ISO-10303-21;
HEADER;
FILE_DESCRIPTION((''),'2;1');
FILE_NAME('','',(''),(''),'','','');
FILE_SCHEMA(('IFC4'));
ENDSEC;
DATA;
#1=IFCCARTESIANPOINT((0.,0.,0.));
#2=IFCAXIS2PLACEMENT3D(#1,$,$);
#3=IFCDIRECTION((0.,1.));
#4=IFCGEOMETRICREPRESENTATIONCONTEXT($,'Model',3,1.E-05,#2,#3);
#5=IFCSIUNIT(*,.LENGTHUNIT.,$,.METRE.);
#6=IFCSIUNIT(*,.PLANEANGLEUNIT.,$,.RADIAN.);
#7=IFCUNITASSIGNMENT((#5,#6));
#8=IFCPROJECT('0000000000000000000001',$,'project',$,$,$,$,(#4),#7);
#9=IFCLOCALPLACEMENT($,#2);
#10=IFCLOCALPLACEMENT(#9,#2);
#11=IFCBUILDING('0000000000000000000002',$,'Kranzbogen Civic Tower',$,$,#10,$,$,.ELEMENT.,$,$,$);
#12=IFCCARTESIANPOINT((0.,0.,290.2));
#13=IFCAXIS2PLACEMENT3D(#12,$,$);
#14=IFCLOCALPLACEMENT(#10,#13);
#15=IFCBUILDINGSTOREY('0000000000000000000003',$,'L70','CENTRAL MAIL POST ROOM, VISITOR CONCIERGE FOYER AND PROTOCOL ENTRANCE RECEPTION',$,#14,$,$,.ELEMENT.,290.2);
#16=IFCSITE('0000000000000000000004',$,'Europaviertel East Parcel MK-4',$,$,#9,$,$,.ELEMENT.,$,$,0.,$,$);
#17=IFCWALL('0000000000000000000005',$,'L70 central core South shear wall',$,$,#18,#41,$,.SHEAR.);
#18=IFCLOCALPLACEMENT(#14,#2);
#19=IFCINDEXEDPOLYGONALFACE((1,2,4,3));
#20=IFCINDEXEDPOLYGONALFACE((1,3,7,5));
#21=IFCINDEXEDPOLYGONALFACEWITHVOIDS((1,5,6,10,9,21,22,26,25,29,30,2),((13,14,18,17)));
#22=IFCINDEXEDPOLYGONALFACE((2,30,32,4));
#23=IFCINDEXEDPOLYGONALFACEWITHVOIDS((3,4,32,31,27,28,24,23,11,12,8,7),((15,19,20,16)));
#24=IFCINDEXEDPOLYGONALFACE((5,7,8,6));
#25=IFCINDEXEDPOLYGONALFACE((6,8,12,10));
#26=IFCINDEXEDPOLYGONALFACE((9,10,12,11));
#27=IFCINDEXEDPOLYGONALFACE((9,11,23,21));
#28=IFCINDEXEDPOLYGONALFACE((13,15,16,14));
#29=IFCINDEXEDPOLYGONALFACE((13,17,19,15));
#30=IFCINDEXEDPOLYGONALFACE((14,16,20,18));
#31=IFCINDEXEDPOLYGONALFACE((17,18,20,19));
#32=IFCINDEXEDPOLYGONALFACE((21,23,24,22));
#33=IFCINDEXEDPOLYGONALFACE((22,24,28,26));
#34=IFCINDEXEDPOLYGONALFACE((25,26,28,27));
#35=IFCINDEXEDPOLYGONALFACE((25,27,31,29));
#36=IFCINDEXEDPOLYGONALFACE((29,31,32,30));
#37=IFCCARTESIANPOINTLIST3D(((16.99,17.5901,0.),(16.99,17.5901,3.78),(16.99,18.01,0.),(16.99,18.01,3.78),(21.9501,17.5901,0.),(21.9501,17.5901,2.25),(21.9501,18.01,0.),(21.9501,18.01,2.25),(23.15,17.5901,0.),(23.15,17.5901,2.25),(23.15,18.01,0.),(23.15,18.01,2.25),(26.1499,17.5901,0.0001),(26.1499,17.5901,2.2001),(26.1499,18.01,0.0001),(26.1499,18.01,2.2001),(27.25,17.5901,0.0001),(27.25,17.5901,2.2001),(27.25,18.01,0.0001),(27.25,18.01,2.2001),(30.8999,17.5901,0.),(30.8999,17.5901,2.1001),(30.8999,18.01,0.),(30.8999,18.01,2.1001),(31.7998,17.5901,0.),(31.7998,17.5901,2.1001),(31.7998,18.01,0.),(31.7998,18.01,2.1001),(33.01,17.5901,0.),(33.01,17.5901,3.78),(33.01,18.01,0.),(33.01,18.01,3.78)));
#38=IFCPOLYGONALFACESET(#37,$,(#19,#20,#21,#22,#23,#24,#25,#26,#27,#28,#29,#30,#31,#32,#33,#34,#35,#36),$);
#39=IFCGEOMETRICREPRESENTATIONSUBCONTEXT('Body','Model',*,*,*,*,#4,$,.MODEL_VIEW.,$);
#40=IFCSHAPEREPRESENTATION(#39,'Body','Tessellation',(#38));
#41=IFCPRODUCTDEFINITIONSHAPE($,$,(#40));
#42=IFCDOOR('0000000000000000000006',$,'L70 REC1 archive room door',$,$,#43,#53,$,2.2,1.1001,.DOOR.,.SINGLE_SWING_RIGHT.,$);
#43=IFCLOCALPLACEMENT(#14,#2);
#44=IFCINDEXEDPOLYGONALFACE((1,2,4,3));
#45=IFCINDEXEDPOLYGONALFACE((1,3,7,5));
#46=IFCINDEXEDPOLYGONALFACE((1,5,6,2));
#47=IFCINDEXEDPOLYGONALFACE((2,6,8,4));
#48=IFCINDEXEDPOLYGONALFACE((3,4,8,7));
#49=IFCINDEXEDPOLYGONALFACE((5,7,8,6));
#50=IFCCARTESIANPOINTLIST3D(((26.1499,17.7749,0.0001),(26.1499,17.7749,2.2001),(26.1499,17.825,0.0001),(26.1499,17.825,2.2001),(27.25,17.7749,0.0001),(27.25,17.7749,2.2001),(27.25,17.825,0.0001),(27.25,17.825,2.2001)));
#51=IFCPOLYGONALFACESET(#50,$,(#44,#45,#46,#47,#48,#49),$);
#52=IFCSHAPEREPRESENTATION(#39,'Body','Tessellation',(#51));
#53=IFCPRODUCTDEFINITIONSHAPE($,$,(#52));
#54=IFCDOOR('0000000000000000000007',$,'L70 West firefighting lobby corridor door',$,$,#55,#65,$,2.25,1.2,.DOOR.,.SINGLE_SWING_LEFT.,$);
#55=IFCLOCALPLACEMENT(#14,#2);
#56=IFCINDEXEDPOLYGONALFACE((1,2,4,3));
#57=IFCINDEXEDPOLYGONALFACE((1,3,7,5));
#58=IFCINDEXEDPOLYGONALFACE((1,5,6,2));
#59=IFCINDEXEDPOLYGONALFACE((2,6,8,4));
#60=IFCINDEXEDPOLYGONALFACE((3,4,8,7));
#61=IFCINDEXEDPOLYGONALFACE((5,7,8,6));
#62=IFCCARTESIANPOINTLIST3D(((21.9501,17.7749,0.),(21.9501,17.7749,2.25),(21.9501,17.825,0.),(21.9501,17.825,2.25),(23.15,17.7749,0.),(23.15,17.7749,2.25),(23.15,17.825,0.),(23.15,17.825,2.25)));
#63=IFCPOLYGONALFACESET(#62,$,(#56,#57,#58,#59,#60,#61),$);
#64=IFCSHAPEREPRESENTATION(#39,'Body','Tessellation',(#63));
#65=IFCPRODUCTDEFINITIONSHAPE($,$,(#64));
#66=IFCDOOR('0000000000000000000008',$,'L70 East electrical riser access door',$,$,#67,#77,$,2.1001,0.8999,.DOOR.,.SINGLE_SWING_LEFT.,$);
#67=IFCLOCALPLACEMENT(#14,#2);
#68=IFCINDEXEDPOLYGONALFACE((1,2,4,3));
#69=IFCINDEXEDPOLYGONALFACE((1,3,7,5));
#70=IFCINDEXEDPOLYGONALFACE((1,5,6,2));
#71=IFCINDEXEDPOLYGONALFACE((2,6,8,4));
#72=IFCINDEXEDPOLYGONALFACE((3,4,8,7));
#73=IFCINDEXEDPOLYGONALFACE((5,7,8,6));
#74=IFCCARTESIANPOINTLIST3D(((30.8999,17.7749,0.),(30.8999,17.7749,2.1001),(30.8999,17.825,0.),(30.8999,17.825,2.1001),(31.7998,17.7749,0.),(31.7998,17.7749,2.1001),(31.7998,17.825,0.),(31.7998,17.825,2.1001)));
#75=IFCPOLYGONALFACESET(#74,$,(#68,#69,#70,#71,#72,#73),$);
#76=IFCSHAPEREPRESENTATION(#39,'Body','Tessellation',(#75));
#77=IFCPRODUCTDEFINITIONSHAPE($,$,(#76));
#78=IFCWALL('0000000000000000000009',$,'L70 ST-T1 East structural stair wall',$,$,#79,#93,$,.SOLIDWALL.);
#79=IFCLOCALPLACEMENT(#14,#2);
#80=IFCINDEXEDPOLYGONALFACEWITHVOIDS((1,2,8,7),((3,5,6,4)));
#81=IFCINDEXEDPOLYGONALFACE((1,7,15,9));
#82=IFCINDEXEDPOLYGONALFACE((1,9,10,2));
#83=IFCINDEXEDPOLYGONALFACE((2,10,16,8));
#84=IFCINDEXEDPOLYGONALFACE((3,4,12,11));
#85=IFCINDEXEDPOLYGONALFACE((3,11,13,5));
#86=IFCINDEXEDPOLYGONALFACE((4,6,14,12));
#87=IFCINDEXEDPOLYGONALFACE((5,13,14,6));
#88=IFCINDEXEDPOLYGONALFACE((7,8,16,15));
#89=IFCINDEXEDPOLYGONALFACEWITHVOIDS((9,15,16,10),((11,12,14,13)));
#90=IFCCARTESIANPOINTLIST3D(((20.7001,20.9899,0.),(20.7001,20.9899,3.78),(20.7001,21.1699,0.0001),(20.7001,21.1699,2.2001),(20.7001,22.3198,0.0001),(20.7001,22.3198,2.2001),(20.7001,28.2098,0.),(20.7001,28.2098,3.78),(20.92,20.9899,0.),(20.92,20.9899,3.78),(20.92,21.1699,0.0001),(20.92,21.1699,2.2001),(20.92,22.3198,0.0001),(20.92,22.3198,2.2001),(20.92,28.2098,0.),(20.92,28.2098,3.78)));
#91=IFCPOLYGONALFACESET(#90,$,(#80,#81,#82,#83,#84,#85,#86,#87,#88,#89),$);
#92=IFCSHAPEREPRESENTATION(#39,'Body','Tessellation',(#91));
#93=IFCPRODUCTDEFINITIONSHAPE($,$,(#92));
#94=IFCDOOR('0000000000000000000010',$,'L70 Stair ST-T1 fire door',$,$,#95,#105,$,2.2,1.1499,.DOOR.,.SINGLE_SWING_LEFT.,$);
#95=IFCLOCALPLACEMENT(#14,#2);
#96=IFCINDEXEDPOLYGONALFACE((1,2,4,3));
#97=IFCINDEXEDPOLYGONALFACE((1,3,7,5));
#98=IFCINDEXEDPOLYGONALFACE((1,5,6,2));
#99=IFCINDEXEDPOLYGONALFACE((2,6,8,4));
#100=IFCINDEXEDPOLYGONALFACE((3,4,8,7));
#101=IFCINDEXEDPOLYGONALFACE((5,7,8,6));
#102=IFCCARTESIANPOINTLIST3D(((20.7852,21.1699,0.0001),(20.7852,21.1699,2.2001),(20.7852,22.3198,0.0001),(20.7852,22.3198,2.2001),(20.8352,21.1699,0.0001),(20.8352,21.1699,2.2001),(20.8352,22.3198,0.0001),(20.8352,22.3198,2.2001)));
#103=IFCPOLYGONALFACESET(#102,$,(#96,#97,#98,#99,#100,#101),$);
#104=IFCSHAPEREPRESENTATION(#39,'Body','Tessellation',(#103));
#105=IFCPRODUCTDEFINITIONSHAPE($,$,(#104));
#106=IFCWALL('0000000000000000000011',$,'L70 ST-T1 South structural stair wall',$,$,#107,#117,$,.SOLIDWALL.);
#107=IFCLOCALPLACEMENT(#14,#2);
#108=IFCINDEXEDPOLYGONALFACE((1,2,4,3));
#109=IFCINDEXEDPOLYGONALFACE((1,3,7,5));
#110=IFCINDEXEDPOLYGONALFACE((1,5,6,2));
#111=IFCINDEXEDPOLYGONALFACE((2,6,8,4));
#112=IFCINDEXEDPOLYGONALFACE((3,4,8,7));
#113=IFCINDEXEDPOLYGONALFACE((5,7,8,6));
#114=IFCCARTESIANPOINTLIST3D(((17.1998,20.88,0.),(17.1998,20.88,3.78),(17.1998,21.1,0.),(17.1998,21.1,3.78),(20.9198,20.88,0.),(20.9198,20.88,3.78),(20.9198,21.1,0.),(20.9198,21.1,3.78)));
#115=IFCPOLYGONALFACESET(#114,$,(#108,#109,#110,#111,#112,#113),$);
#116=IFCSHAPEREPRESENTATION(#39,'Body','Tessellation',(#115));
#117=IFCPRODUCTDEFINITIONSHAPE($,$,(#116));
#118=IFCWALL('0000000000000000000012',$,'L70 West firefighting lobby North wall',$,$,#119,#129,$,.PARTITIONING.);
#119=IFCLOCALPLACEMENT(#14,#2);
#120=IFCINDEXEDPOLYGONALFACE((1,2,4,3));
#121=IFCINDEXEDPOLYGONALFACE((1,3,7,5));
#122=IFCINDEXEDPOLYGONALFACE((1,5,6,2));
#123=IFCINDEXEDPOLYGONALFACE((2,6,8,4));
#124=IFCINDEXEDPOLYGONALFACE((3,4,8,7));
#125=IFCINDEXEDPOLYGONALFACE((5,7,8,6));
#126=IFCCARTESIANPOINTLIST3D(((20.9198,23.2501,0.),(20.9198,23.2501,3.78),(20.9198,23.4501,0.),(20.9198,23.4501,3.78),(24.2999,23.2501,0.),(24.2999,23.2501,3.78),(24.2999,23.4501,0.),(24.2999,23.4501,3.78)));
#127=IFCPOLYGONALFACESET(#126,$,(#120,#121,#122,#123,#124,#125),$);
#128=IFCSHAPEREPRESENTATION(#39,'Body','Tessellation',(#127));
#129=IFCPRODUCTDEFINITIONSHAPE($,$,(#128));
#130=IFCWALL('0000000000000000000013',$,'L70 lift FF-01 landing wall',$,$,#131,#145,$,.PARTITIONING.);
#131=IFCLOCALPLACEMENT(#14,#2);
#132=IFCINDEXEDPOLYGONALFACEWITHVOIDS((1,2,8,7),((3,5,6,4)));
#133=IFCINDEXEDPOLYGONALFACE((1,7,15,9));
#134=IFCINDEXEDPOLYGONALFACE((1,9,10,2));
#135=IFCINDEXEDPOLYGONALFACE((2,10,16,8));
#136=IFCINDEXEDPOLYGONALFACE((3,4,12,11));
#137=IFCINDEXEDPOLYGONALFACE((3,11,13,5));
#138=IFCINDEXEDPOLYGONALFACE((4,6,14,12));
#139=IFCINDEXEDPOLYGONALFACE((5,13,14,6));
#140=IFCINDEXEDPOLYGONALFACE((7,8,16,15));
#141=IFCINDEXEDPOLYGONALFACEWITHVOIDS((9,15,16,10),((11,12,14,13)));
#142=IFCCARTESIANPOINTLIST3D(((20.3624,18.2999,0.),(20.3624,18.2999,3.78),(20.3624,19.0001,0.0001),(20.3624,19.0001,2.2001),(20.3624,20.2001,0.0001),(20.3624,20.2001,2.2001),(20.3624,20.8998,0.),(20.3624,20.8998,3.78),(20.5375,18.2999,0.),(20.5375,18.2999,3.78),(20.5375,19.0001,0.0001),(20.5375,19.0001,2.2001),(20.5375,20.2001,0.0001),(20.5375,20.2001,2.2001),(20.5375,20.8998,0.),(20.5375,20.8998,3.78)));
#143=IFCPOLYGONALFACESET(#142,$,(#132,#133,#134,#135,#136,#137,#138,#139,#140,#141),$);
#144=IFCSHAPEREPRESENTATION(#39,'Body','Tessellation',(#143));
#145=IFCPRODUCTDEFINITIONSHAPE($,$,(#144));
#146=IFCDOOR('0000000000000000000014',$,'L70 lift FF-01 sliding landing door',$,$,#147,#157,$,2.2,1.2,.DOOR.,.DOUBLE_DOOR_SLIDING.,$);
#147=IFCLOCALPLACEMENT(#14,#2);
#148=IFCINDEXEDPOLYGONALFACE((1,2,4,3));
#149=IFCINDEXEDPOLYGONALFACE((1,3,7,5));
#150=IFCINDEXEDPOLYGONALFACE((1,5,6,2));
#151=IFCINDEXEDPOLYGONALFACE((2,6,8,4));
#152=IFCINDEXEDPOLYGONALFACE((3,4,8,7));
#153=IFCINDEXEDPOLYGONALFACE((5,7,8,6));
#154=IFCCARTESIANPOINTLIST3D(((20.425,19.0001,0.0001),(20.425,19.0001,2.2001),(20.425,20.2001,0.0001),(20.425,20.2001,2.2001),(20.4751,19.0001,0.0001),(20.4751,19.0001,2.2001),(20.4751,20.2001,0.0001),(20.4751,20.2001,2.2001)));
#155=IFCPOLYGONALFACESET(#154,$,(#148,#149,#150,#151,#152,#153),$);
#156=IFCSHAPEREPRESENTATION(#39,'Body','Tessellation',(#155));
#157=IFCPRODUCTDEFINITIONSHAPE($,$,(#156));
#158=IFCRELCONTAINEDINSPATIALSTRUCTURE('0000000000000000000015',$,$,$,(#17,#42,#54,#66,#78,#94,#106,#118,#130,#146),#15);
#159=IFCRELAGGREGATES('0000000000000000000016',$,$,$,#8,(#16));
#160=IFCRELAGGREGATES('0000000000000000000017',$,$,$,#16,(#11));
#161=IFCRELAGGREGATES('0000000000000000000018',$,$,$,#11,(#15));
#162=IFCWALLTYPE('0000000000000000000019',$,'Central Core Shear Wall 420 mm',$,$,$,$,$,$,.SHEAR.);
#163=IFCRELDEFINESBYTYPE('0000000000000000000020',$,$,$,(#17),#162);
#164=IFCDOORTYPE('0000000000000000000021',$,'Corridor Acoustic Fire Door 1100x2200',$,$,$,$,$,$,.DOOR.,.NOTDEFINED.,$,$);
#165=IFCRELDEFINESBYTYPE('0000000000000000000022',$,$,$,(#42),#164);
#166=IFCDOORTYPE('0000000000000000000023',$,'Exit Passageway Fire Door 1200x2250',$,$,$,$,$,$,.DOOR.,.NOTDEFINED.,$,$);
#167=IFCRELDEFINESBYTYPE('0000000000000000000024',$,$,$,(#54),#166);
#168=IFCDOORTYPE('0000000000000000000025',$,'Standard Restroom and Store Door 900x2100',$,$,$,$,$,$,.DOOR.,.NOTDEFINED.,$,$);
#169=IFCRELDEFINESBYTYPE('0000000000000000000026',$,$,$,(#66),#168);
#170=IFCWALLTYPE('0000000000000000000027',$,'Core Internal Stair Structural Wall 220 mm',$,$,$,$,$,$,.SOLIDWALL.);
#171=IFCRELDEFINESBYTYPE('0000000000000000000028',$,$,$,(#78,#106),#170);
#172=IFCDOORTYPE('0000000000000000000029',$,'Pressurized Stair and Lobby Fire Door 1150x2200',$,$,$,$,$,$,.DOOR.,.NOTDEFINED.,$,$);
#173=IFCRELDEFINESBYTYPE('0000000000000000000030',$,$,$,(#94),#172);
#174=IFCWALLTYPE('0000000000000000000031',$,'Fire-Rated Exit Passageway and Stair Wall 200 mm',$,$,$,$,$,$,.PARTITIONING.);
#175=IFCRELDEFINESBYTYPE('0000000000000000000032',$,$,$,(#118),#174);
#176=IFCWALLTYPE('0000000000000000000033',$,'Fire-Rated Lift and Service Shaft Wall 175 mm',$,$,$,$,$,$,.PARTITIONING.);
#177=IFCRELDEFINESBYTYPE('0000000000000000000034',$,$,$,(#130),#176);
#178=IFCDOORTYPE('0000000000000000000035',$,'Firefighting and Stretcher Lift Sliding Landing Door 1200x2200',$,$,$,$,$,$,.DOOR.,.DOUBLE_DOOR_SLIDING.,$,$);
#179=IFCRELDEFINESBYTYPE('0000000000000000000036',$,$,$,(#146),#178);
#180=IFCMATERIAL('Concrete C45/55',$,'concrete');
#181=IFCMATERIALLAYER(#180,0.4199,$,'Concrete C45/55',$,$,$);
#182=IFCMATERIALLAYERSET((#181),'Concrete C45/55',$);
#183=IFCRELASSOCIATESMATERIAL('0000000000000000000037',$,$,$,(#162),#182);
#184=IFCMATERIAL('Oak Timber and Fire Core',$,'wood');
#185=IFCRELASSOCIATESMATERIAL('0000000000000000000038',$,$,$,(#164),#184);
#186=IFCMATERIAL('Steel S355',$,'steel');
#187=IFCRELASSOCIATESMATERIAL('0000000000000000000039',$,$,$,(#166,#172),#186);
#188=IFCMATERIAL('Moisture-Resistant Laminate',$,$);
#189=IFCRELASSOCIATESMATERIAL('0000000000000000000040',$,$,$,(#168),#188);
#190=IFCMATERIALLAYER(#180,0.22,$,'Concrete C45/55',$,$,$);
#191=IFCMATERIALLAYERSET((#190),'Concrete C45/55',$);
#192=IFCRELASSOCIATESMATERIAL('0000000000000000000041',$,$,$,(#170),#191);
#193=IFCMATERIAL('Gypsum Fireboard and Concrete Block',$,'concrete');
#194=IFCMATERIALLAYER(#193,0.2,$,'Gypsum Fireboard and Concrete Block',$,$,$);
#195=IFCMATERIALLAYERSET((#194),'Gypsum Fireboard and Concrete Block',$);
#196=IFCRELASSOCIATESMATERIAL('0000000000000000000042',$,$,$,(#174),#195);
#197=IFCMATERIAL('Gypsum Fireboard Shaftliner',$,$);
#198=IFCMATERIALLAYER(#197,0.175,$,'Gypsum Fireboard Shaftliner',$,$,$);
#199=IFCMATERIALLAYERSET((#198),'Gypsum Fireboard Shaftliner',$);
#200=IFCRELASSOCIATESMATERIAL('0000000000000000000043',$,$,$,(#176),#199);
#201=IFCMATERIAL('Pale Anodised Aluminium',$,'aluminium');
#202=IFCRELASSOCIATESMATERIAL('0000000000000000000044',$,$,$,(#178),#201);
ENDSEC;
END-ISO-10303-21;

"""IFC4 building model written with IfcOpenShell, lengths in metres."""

from ifc_helpers import new_model, si_unit, direction, frame, frame_2d, origin, place, context, subcontext, project, spatial, rectangle, extrude, material, layer, layer_set, type_object, element, fill, save


model = new_model("IFC4")

# Units and contexts
model_context = context("Model", 3, precision=1e-05, world=origin(), true_north=direction((0.0, 1.0)))
body_context = subcontext(model_context, "Body", "Model", "MODEL_VIEW")
ifc_project = project(units=[si_unit("LENGTHUNIT", "METRE"), si_unit("PLANEANGLEUNIT", "RADIAN")], contexts=[model_context])

# Site, building, storey
site_placement = place(None, origin())
site = spatial("IfcSite", under=ifc_project, at=site_placement, Name="Europaviertel East Parcel MK-4", CompositionType="ELEMENT", RefElevation=0.0)
building_placement = place(site_placement, origin())
building = spatial("IfcBuilding", under=site, at=building_placement, Name="Kranzbogen Civic Tower", CompositionType="ELEMENT")
storey_placement = place(building_placement, frame((0.0, 0.0, 290.2)))
storey = spatial("IfcBuildingStorey", under=building, at=storey_placement, Name="L70", Description="CENTRAL MAIL POST ROOM, VISITOR CONCIERGE FOYER AND PROTOCOL ENTRANCE RECEPTION", CompositionType="ELEMENT", Elevation=290.2)

# Shared definitions
ifc_material_1 = material(Name="Steel S355", Category="steel")

# Shared definitions
ifc_material_2 = material(Name="Pale Anodised Aluminium", Category="aluminium")

# Wall, openings, doors
ifc_material_3 = material(Name="Concrete C45/55", Category="concrete")
ifc_layer_1 = layer(ifc_material_3, 0.4199, Name="Concrete C45/55")
ifc_layer_set_1 = layer_set([ifc_layer_1], Name="Concrete C45/55")
wall_type_1 = type_object("IfcWallType", Name="Central Core Shear Wall 420 mm", PredefinedType="SHEAR", material=ifc_layer_set_1)
wall_1_placement = place(storey_placement, frame((16.99, 17.8, 0.0), z_axis=(0.0, 0.0, 1.0), x_axis=(1.0, 0.0, 0.0)))
wall_1 = element("IfcWall", 1, at=wall_1_placement, inside=storey, type_object=wall_type_1, Name="L70 central core South shear wall", PredefinedType="SHEAR", context=body_context, shape_type="SweptSolid", body=[
    extrude(rectangle(XDim=16.02, YDim=0.4199, at=frame_2d((8.01, 0.0))), origin(), (0.0, 0.0, 1.0), 3.78),
])
opening_1_placement = place(wall_1_placement, frame((4.96, 0.0, 0.0)))
opening_1 = element("IfcOpeningElement", 2, at=opening_1_placement, cuts=wall_1, PredefinedType="OPENING", context=body_context, shape_type="SweptSolid", body=[
    extrude(rectangle(XDim=1.2, YDim=2.25, at=frame_2d((0.6001, 1.125))), frame((0.0, 0.22, 0.0), z_axis=(0.0, -1.0, 0.0), x_axis=(1.0, 0.0, 0.0)), (0.0, 0.0, 1.0), 0.4399),
])
opening_2_placement = place(wall_1_placement, frame((13.9099, 0.0, 0.0)))
opening_2 = element("IfcOpeningElement", 3, at=opening_2_placement, cuts=wall_1, PredefinedType="OPENING", context=body_context, shape_type="SweptSolid", body=[
    extrude(rectangle(XDim=0.8999, YDim=2.1001, at=frame_2d((0.45, 1.05))), frame((0.0, 0.22, 0.0), z_axis=(0.0, -1.0, 0.0), x_axis=(1.0, 0.0, 0.0)), (0.0, 0.0, 1.0), 0.4399),
])
opening_3_placement = place(wall_1_placement, frame((9.1599, 0.0, 0.0)))
opening_3 = element("IfcOpeningElement", 4, at=opening_3_placement, cuts=wall_1, PredefinedType="OPENING", context=body_context, shape_type="SweptSolid", body=[
    extrude(rectangle(XDim=1.1001, YDim=2.2, at=frame_2d((0.55, 1.1001))), frame((0.0, 0.22, 0.0), z_axis=(0.0, -1.0, 0.0), x_axis=(1.0, 0.0, 0.0)), (0.0, 0.0, 1.0), 0.4399),
])
ifc_material_4 = material(Name="Oak Timber and Fire Core", Category="wood")
door_type_1 = type_object("IfcDoorType", Name="Corridor Acoustic Fire Door 1100x2200", OperationType="NOTDEFINED", PredefinedType="DOOR", material=ifc_material_4)
door_1_placement = place(opening_3_placement, origin())
door_1 = element("IfcDoor", 5, at=door_1_placement, inside=storey, type_object=door_type_1, Name="L70 REC1 archive room door", OperationType="SINGLE_SWING_RIGHT", OverallHeight=2.2, OverallWidth=1.1001, PredefinedType="DOOR", context=body_context, shape_type="SweptSolid", body=[
    extrude(rectangle(XDim=1.1001, YDim=2.2, at=frame_2d((0.55, 1.1001))), frame((0.0, 0.0249, 0.0), z_axis=(0.0, -1.0, 0.0), x_axis=(1.0, 0.0, 0.0)), (0.0, 0.0, 1.0), 0.05),
])
fill(opening_3, door_1)
door_type_2 = type_object("IfcDoorType", Name="Exit Passageway Fire Door 1200x2250", OperationType="NOTDEFINED", PredefinedType="DOOR", material=ifc_material_1)
door_2_placement = place(opening_1_placement, origin())
door_2 = element("IfcDoor", 6, at=door_2_placement, inside=storey, type_object=door_type_2, Name="L70 West firefighting lobby corridor door", OperationType="SINGLE_SWING_LEFT", OverallHeight=2.25, OverallWidth=1.2, PredefinedType="DOOR", context=body_context, shape_type="SweptSolid", body=[
    extrude(rectangle(XDim=1.2, YDim=2.25, at=frame_2d((0.6001, 1.125))), frame((0.0, 0.0249, 0.0), z_axis=(0.0, -1.0, 0.0), x_axis=(1.0, 0.0, 0.0)), (0.0, 0.0, 1.0), 0.05),
])
fill(opening_1, door_2)
ifc_material_5 = material(Name="Moisture-Resistant Laminate")
door_type_3 = type_object("IfcDoorType", Name="Standard Restroom and Store Door 900x2100", OperationType="NOTDEFINED", PredefinedType="DOOR", material=ifc_material_5)
door_3_placement = place(opening_2_placement, origin())
door_3 = element("IfcDoor", 7, at=door_3_placement, inside=storey, type_object=door_type_3, Name="L70 East electrical riser access door", OperationType="SINGLE_SWING_LEFT", OverallHeight=2.1001, OverallWidth=0.8999, PredefinedType="DOOR", context=body_context, shape_type="SweptSolid", body=[
    extrude(rectangle(XDim=0.8999, YDim=2.1001, at=frame_2d((0.45, 1.05))), frame((0.0, 0.0249, 0.0), z_axis=(0.0, -1.0, 0.0), x_axis=(1.0, 0.0, 0.0)), (0.0, 0.0, 1.0), 0.05),
])
fill(opening_2, door_3)

# Wall, opening, door
ifc_layer_2 = layer(ifc_material_3, 0.22, Name="Concrete C45/55")
ifc_layer_set_2 = layer_set([ifc_layer_2], Name="Concrete C45/55")
wall_type_2 = type_object("IfcWallType", Name="Core Internal Stair Structural Wall 220 mm", PredefinedType="SOLIDWALL", material=ifc_layer_set_2)
wall_2_placement = place(storey_placement, frame((20.8101, 20.99, 0.0), z_axis=(0.0, 0.0, 1.0), x_axis=(0.0, 1.0, 0.0)))
wall_2 = element("IfcWall", 8, at=wall_2_placement, inside=storey, type_object=wall_type_2, Name="L70 ST-T1 East structural stair wall", PredefinedType="SOLIDWALL", context=body_context, shape_type="SweptSolid", body=[
    extrude(rectangle(XDim=7.22, YDim=0.22, at=frame_2d((3.6099, 0.0))), origin(), (0.0, 0.0, 1.0), 3.78),
])
opening_4_placement = place(wall_2_placement, frame((0.1799, 0.0, 0.0)))
opening_4 = element("IfcOpeningElement", 9, at=opening_4_placement, cuts=wall_2, PredefinedType="OPENING", context=body_context, shape_type="SweptSolid", body=[
    extrude(rectangle(XDim=1.1499, YDim=2.2, at=frame_2d((0.575, 1.1001))), frame((0.0, 0.1201, 0.0), z_axis=(0.0, -1.0, 0.0), x_axis=(1.0, 0.0, 0.0)), (0.0, 0.0, 1.0), 0.24),
])
door_type_4 = type_object("IfcDoorType", Name="Pressurized Stair and Lobby Fire Door 1150x2200", OperationType="NOTDEFINED", PredefinedType="DOOR", material=ifc_material_1)
door_4_placement = place(opening_4_placement, origin())
door_4 = element("IfcDoor", 10, at=door_4_placement, inside=storey, type_object=door_type_4, Name="L70 Stair ST-T1 fire door", OperationType="SINGLE_SWING_LEFT", OverallHeight=2.2, OverallWidth=1.1499, PredefinedType="DOOR", context=body_context, shape_type="SweptSolid", body=[
    extrude(rectangle(XDim=1.1499, YDim=2.2, at=frame_2d((0.575, 1.1001))), frame((0.0, 0.0249, 0.0), z_axis=(0.0, -1.0, 0.0), x_axis=(1.0, 0.0, 0.0)), (0.0, 0.0, 1.0), 0.05),
])
fill(opening_4, door_4)

# Walls
wall_3_placement = place(storey_placement, frame((17.2, 20.99, 0.0), z_axis=(0.0, 0.0, 1.0), x_axis=(1.0, 0.0, 0.0)))
element("IfcWall", 11, at=wall_3_placement, inside=storey, type_object=wall_type_2, Name="L70 ST-T1 South structural stair wall", PredefinedType="SOLIDWALL", context=body_context, shape_type="SweptSolid", body=[
    extrude(rectangle(XDim=3.72, YDim=0.22, at=frame_2d((1.8599, 0.0))), origin(), (0.0, 0.0, 1.0), 3.78),
])
ifc_material_6 = material(Name="Gypsum Fireboard and Concrete Block", Category="concrete")
ifc_layer_3 = layer(ifc_material_6, 0.2, Name="Gypsum Fireboard and Concrete Block")
ifc_layer_set_3 = layer_set([ifc_layer_3], Name="Gypsum Fireboard and Concrete Block")
wall_type_3 = type_object("IfcWallType", Name="Fire-Rated Exit Passageway and Stair Wall 200 mm", PredefinedType="PARTITIONING", material=ifc_layer_set_3)
wall_4_placement = place(storey_placement, frame((20.9199, 23.3501, 0.0), z_axis=(0.0, 0.0, 1.0), x_axis=(1.0, 0.0, 0.0)))
element("IfcWall", 12, at=wall_4_placement, inside=storey, type_object=wall_type_3, Name="L70 West firefighting lobby North wall", PredefinedType="PARTITIONING", context=body_context, shape_type="SweptSolid", body=[
    extrude(rectangle(XDim=3.3801, YDim=0.2, at=frame_2d((1.6899, 0.0))), origin(), (0.0, 0.0, 1.0), 3.78),
])

# Wall, opening, door
ifc_material_7 = material(Name="Gypsum Fireboard Shaftliner")
ifc_layer_4 = layer(ifc_material_7, 0.175, Name="Gypsum Fireboard Shaftliner")
ifc_layer_set_4 = layer_set([ifc_layer_4], Name="Gypsum Fireboard Shaftliner")
wall_type_4 = type_object("IfcWallType", Name="Fire-Rated Lift and Service Shaft Wall 175 mm", PredefinedType="PARTITIONING", material=ifc_layer_set_4)
wall_5_placement = place(storey_placement, frame((20.45, 18.3, 0.0), z_axis=(0.0, 0.0, 1.0), x_axis=(0.0, 1.0, 0.0)))
wall_5 = element("IfcWall", 13, at=wall_5_placement, inside=storey, type_object=wall_type_4, Name="L70 lift FF-01 landing wall", PredefinedType="PARTITIONING", context=body_context, shape_type="SweptSolid", body=[
    extrude(rectangle(XDim=2.5999, YDim=0.175, at=frame_2d((1.2998, 0.0))), origin(), (0.0, 0.0, 1.0), 3.78),
])
opening_5_placement = place(wall_5_placement, frame((0.7, 0.0, 0.0)))
opening_5 = element("IfcOpeningElement", 14, at=opening_5_placement, cuts=wall_5, PredefinedType="OPENING", context=body_context, shape_type="SweptSolid", body=[
    extrude(rectangle(XDim=1.2, YDim=2.2, at=frame_2d((0.6001, 1.1001))), frame((0.0, 0.0977, 0.0), z_axis=(0.0, -1.0, 0.0), x_axis=(1.0, 0.0, 0.0)), (0.0, 0.0, 1.0), 0.1951),
])
door_type_5 = type_object("IfcDoorType", Name="Firefighting and Stretcher Lift Sliding Landing Door 1200x2200", OperationType="DOUBLE_DOOR_SLIDING", PredefinedType="DOOR", material=ifc_material_2)
door_5_placement = place(opening_5_placement, origin())
door_5 = element("IfcDoor", 15, at=door_5_placement, inside=storey, type_object=door_type_5, Name="L70 lift FF-01 sliding landing door", OperationType="DOUBLE_DOOR_SLIDING", OverallHeight=2.2, OverallWidth=1.2, PredefinedType="DOOR", context=body_context, shape_type="SweptSolid", body=[
    extrude(rectangle(XDim=1.2, YDim=2.2, at=frame_2d((0.6001, 1.1001))), frame((0.0, 0.0249, 0.0), z_axis=(0.0, -1.0, 0.0), x_axis=(1.0, 0.0, 0.0)), (0.0, 0.0, 1.0), 0.05),
])
fill(opening_5, door_5)

save(model, "model.ifc")
